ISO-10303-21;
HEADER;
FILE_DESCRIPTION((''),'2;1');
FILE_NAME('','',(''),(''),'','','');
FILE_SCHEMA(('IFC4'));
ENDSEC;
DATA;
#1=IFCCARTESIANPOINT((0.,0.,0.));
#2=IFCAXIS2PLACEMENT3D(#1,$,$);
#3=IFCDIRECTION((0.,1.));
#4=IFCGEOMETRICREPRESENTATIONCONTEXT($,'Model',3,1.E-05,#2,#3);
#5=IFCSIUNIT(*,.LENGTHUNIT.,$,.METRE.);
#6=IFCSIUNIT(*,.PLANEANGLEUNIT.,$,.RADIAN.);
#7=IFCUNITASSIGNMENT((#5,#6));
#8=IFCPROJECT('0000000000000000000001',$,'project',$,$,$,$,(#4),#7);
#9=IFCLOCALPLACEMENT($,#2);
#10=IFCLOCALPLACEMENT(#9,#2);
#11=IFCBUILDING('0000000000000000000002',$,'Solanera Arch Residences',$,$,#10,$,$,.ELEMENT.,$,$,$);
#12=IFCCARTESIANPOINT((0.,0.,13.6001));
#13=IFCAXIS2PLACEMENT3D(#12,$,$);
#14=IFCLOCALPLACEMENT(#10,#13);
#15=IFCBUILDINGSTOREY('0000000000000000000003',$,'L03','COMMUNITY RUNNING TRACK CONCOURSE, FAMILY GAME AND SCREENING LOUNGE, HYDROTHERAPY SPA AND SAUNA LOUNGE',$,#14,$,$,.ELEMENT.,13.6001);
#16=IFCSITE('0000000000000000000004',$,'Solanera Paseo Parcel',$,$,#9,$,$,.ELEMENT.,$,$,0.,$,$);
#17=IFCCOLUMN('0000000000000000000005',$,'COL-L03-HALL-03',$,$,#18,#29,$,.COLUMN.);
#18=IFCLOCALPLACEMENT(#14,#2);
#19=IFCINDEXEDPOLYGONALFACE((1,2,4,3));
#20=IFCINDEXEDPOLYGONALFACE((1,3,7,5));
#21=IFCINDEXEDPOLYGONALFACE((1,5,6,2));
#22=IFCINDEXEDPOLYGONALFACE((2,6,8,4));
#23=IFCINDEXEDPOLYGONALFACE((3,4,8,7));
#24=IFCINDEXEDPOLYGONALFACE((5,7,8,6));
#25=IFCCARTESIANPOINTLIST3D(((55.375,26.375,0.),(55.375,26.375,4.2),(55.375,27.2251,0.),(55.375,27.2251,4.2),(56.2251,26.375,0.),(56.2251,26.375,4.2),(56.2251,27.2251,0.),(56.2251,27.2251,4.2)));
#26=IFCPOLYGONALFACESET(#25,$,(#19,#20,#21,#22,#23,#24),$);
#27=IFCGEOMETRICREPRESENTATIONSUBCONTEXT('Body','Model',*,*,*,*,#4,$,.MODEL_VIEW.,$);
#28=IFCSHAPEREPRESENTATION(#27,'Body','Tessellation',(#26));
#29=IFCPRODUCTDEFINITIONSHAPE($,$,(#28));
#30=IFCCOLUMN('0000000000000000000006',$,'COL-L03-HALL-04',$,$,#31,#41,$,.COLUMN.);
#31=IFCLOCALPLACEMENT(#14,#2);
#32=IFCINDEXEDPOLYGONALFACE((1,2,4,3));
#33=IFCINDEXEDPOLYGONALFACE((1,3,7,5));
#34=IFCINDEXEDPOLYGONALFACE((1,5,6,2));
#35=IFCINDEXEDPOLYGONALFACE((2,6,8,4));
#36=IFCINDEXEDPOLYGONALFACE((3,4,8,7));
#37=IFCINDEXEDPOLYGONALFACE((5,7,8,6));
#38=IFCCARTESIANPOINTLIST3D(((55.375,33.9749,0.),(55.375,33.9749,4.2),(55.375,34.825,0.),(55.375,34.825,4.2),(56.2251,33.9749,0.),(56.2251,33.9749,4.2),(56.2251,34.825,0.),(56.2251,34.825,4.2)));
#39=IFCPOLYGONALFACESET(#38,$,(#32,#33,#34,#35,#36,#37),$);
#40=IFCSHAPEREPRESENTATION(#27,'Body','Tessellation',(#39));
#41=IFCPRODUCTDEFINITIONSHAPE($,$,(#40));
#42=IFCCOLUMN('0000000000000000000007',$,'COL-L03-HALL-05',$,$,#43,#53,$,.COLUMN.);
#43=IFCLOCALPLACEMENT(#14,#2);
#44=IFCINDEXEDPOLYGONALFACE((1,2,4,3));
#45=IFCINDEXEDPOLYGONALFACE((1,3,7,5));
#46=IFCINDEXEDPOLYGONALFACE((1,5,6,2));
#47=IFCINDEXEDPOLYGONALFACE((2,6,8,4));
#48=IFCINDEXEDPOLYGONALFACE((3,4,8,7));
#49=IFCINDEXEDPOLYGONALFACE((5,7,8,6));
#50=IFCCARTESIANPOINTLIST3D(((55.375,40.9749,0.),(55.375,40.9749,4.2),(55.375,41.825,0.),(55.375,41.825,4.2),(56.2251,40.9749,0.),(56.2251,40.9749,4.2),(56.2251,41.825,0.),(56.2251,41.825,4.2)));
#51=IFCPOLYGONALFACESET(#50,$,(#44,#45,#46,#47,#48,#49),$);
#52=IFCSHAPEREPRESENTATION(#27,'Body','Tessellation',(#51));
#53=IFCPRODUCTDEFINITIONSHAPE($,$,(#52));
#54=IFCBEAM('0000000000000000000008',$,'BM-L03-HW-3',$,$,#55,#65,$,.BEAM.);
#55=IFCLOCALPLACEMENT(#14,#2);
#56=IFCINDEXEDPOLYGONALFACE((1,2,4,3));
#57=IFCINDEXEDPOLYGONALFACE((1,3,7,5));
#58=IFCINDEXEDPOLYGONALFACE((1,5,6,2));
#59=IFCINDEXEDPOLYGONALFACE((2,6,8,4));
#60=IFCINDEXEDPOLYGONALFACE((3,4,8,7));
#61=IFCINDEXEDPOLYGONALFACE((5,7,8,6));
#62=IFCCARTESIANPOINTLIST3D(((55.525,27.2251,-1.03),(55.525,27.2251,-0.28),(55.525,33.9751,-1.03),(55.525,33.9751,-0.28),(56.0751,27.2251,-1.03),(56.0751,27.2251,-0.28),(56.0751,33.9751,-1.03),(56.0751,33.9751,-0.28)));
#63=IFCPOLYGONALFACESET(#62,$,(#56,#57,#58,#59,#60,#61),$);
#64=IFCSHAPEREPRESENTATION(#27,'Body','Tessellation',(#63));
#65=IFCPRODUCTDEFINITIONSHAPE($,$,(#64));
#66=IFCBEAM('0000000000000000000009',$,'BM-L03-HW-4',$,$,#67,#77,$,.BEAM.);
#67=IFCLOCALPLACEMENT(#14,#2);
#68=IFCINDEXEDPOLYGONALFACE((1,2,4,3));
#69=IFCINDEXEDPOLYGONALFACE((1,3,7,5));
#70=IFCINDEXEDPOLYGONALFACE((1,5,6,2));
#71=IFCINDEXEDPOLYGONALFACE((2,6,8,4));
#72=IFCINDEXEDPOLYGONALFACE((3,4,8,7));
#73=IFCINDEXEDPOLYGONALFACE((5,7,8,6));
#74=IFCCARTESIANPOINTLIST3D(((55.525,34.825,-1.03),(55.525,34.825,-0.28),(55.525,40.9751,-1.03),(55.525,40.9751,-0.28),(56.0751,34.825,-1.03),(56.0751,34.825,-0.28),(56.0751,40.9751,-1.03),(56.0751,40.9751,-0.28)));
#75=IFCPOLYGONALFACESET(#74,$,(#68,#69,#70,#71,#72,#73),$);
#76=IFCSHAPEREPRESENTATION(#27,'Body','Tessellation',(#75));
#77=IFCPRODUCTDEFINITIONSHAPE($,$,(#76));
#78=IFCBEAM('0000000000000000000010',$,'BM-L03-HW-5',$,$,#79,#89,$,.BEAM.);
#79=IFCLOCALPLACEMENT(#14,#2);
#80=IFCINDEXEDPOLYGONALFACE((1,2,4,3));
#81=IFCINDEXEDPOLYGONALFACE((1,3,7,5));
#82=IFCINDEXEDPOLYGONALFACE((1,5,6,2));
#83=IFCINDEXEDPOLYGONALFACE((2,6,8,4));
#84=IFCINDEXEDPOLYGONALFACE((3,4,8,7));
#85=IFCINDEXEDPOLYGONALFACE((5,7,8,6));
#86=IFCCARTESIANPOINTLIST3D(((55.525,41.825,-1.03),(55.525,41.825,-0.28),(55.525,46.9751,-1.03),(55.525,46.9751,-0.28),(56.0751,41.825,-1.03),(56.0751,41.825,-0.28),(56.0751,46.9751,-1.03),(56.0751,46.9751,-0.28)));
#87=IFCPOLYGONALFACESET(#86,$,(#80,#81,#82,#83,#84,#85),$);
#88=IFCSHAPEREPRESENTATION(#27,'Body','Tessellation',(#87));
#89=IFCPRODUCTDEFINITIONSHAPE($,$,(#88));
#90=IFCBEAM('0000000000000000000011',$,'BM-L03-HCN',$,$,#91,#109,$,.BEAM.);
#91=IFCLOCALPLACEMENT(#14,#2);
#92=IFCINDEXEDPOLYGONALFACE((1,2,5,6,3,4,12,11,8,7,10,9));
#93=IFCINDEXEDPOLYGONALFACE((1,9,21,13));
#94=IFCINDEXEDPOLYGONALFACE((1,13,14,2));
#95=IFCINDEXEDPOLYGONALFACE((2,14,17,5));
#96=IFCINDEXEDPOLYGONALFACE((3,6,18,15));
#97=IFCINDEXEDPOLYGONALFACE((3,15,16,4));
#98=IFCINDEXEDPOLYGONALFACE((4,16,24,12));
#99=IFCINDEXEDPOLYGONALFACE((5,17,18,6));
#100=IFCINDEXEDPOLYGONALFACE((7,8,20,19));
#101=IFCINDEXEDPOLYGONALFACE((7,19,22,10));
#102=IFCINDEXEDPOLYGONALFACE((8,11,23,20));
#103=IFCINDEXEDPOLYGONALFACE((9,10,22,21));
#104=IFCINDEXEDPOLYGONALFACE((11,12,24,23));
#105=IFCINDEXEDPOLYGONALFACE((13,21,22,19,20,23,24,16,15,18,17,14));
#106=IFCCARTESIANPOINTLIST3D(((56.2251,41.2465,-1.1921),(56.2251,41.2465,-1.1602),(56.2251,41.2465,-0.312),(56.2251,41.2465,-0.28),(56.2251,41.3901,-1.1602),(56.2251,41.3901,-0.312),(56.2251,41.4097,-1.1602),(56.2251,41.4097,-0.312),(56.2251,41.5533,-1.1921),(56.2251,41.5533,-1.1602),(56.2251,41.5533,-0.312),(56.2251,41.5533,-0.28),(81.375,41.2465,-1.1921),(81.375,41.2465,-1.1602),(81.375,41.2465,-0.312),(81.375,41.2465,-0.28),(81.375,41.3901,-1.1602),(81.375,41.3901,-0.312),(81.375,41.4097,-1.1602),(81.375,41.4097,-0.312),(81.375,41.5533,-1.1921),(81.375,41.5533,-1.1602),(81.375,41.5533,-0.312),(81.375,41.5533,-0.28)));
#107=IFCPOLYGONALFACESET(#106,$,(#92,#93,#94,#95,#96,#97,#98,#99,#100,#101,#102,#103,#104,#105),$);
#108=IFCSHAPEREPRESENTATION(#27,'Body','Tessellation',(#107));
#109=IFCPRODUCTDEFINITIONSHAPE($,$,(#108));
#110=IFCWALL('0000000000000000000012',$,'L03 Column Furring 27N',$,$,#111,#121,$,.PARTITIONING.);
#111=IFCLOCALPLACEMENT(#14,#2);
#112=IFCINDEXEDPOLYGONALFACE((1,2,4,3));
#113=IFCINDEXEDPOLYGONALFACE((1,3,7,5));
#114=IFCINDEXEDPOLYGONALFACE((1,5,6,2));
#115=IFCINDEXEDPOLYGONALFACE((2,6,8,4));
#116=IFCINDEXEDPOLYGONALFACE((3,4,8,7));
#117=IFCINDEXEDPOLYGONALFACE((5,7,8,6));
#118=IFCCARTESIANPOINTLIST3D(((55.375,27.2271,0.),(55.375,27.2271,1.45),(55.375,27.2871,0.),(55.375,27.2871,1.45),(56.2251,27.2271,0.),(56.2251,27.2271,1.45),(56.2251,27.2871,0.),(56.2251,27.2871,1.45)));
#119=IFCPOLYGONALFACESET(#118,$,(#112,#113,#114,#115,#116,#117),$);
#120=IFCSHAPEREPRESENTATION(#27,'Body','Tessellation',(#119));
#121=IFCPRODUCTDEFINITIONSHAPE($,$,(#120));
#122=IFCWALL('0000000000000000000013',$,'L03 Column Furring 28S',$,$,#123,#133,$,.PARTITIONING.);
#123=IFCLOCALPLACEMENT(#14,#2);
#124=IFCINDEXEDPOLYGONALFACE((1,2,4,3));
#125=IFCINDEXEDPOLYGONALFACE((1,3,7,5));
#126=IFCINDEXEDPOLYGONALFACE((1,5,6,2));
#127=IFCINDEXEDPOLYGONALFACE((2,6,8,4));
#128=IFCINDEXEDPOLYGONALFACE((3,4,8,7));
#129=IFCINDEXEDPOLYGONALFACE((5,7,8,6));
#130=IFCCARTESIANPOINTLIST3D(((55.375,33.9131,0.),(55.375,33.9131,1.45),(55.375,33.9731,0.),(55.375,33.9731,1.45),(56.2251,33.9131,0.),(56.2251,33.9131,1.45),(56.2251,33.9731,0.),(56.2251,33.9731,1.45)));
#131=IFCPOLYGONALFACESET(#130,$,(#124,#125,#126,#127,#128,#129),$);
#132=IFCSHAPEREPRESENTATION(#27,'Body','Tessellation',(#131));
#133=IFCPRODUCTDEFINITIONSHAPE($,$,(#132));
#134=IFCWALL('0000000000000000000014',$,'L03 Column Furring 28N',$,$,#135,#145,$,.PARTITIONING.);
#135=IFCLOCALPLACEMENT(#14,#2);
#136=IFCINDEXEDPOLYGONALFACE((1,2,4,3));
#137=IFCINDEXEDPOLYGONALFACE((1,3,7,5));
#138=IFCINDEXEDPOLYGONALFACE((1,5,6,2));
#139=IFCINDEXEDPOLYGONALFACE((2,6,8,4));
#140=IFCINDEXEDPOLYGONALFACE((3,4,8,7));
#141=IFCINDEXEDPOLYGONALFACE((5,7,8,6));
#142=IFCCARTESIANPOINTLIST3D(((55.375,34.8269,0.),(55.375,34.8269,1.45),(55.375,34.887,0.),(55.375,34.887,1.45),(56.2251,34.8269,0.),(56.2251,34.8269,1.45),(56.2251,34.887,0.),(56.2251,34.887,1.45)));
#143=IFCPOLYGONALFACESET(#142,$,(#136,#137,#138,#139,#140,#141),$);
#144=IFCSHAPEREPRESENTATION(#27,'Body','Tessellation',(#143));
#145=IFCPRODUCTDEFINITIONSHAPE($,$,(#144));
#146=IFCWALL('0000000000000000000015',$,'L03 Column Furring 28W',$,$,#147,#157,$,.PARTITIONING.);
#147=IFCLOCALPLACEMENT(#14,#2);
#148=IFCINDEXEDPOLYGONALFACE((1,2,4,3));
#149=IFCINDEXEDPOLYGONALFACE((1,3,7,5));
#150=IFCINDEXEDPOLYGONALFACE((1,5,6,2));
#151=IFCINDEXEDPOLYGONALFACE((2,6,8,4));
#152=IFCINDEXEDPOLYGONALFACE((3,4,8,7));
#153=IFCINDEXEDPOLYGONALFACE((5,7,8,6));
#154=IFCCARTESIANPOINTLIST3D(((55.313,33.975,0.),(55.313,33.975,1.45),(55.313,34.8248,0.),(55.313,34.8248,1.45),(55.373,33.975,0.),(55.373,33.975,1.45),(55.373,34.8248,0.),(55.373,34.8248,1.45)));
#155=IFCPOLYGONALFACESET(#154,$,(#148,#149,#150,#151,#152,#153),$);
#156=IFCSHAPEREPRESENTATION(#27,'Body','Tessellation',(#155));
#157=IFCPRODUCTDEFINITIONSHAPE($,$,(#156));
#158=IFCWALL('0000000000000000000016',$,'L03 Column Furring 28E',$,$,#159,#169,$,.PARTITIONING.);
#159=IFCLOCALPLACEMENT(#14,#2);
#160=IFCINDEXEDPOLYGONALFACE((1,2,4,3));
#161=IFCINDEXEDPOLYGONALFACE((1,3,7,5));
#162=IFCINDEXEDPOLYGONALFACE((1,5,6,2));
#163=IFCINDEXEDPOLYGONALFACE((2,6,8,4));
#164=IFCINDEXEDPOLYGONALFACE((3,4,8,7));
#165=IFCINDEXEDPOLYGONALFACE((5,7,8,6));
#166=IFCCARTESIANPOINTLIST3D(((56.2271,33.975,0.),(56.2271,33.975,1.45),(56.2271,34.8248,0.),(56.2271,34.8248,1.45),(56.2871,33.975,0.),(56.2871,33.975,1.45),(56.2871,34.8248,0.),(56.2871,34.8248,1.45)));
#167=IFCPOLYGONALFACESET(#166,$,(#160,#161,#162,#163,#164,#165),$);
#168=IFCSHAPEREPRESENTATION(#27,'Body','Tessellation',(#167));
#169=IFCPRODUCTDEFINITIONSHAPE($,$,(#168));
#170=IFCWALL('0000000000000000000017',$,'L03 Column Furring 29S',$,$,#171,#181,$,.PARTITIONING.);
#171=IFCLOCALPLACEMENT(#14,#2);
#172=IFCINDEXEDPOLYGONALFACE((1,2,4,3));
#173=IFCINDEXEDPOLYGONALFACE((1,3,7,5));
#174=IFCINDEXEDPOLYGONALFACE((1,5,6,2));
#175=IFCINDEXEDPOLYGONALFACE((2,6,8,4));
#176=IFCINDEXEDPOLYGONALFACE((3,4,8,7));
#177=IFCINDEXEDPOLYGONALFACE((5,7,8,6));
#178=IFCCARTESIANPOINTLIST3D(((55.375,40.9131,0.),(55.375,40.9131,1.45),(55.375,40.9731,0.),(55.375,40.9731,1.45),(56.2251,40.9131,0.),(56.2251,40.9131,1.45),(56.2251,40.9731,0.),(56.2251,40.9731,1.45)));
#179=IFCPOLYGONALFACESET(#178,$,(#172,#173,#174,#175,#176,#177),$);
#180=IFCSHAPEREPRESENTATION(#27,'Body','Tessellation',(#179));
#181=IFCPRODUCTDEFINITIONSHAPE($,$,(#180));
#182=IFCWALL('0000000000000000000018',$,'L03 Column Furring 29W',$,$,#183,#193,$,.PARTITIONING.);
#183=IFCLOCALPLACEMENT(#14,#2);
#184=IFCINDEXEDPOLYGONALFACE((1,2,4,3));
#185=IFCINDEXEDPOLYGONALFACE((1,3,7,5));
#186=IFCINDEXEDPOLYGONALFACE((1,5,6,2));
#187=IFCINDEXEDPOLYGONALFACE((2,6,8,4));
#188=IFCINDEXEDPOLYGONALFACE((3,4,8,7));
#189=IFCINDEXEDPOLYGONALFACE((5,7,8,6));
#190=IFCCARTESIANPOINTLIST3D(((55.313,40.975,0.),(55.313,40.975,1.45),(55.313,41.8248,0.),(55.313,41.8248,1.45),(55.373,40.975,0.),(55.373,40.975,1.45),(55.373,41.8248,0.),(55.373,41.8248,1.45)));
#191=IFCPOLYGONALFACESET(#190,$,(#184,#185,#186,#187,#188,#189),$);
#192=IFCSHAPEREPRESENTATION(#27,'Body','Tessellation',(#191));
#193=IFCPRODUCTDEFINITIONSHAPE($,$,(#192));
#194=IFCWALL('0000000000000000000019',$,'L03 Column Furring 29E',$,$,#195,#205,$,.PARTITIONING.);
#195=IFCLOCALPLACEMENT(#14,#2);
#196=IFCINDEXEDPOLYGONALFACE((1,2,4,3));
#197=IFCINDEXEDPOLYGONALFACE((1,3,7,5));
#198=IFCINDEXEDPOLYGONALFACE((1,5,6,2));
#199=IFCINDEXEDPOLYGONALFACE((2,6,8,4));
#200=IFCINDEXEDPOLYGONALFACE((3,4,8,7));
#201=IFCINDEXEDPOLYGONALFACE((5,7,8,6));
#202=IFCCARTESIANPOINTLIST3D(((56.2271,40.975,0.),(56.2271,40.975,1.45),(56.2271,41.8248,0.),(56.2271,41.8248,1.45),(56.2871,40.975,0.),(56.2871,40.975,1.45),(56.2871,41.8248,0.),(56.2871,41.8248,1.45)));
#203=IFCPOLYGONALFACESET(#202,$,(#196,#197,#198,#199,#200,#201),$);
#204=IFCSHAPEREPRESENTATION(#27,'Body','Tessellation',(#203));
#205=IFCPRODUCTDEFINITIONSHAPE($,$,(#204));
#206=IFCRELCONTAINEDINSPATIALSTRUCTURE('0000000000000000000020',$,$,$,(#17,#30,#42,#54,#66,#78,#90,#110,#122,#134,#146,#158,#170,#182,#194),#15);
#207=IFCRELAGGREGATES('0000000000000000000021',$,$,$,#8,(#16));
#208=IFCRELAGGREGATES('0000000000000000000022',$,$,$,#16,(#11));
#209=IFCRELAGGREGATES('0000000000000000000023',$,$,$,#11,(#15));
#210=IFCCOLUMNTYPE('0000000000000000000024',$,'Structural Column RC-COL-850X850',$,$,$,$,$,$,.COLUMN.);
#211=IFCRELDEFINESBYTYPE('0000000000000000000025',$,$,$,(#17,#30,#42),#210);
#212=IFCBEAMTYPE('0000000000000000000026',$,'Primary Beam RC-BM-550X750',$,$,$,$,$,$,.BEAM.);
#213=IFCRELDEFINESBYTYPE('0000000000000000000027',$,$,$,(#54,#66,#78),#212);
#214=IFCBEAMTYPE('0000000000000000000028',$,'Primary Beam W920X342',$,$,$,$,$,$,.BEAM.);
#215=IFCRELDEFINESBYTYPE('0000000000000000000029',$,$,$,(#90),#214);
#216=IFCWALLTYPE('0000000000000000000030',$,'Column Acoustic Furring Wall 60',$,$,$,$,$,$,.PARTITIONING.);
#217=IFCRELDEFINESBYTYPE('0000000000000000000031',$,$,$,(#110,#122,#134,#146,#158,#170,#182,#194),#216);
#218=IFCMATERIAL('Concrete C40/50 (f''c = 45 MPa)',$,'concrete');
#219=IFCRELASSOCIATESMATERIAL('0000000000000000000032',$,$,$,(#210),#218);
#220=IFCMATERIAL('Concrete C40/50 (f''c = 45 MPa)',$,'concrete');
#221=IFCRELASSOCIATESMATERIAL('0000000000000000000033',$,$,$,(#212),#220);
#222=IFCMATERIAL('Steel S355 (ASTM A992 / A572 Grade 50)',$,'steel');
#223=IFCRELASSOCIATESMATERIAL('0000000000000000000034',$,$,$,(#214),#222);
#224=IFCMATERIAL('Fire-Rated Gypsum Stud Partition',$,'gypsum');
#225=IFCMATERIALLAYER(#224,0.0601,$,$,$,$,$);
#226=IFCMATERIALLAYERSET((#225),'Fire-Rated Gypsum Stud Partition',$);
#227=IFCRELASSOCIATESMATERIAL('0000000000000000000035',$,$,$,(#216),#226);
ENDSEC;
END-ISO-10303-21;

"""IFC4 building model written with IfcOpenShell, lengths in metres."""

from ifc_helpers import new_model, si_unit, direction, frame, frame_2d, origin, origin_2d, place, context, subcontext, project, spatial, rectangle, i_section, extrude, material, layer, layer_set, material_profile, profile_set, type_object, element, save


model = new_model("IFC4")

# Units and contexts
model_context = context("Model", 3, precision=1e-05, world=origin(), true_north=direction((0.0, 1.0)))
body_context = subcontext(model_context, "Body", "Model", "MODEL_VIEW")
ifc_project = project(units=[si_unit("LENGTHUNIT", "METRE"), si_unit("PLANEANGLEUNIT", "RADIAN")], contexts=[model_context])

# Site, building, storey
site_placement = place(None, origin())
site = spatial("IfcSite", under=ifc_project, at=site_placement, Name="Solanera Paseo Parcel", CompositionType="ELEMENT", RefElevation=0.0)
building_placement = place(site_placement, origin())
building = spatial("IfcBuilding", under=site, at=building_placement, Name="Solanera Arch Residences", CompositionType="ELEMENT")
storey_placement = place(building_placement, frame((0.0, 0.0, 13.6001)))
storey = spatial("IfcBuildingStorey", under=building, at=storey_placement, Name="L03", Description="COMMUNITY RUNNING TRACK CONCOURSE, FAMILY GAME AND SCREENING LOUNGE, HYDROTHERAPY SPA AND SAUNA LOUNGE", CompositionType="ELEMENT", Elevation=13.6001)

# Columns
ifc_material_1 = material(Name="Concrete C40/50 (f'c = 45 MPa)", Category="concrete")
ifc_material_profile_1 = material_profile(ifc_material_1, rectangle(XDim=0.8501, YDim=0.8501, at=origin_2d()))
ifc_profile_set_1 = profile_set([ifc_material_profile_1], Name="Concrete C40/50 (f'c = 45 MPa)")
column_type = type_object("IfcColumnType", Name="Structural Column RC-COL-850X850", PredefinedType="COLUMN", material=ifc_profile_set_1)
for number, where, z_axis, x_axis, name in (
    (1, (55.8, 26.8, 0.0), (0.0, 0.0, 1.0), (1.0, 0.0, 0.0), "COL-L03-HALL-03"),
    (2, (55.8, 34.3999, 0.0), (0.0, 0.0, 1.0), (1.0, 0.0, 0.0), "COL-L03-HALL-04"),
    (3, (55.8, 41.3999, 0.0), (0.0, 0.0, 1.0), (1.0, 0.0, 0.0), "COL-L03-HALL-05"),
):
    element("IfcColumn", number, at=place(storey_placement, frame(where, z_axis=z_axis, x_axis=x_axis)), inside=storey, type_object=column_type, Name=name, PredefinedType="COLUMN", context=body_context, shape_type="SweptSolid", body=[
        extrude(rectangle(XDim=0.8501, YDim=0.8501, at=origin_2d()), origin(), (0.0, 0.0, 1.0), 4.2),
    ])

# Beams
ifc_material_2 = material(Name="Concrete C40/50 (f'c = 45 MPa)", Category="concrete")
ifc_material_profile_2 = material_profile(ifc_material_2, rectangle(XDim=0.55, YDim=0.75, at=origin_2d()))
ifc_profile_set_2 = profile_set([ifc_material_profile_2], Name="Concrete C40/50 (f'c = 45 MPa)")
beam_type_1 = type_object("IfcBeamType", Name="Primary Beam RC-BM-550X750", PredefinedType="BEAM", material=ifc_profile_set_2)
beam_1_placement = place(storey_placement, frame((55.8, 27.2251, -0.655), z_axis=(0.0, 1.0, 0.0), x_axis=(-1.0, 0.0, 0.0)))
element("IfcBeam", 4, at=beam_1_placement, inside=storey, type_object=beam_type_1, Name="BM-L03-HW-3", PredefinedType="BEAM", context=body_context, shape_type="SweptSolid", body=[
    extrude(rectangle(XDim=0.55, YDim=0.75, at=origin_2d()), origin(), (0.0, 0.0, 1.0), 6.75),
])
beam_2_placement = place(storey_placement, frame((55.8, 34.825, -0.655), z_axis=(0.0, 1.0, 0.0), x_axis=(-1.0, 0.0, 0.0)))
element("IfcBeam", 5, at=beam_2_placement, inside=storey, type_object=beam_type_1, Name="BM-L03-HW-4", PredefinedType="BEAM", context=body_context, shape_type="SweptSolid", body=[
    extrude(rectangle(XDim=0.55, YDim=0.75, at=origin_2d()), origin(), (0.0, 0.0, 1.0), 6.1501),
])
beam_3_placement = place(storey_placement, frame((55.8, 41.825, -0.655), z_axis=(0.0, 1.0, 0.0), x_axis=(-1.0, 0.0, 0.0)))
element("IfcBeam", 6, at=beam_3_placement, inside=storey, type_object=beam_type_1, Name="BM-L03-HW-5", PredefinedType="BEAM", context=body_context, shape_type="SweptSolid", body=[
    extrude(rectangle(XDim=0.55, YDim=0.75, at=origin_2d()), origin(), (0.0, 0.0, 1.0), 5.1501),
])
ifc_material_3 = material(Name="Steel S355 (ASTM A992 / A572 Grade 50)", Category="steel")
ifc_material_profile_3 = material_profile(ifc_material_3, i_section(OverallWidth=0.3069, OverallDepth=0.9121, WebThickness=0.0195, FlangeThickness=0.032, at=origin_2d()))
ifc_profile_set_3 = profile_set([ifc_material_profile_3], Name="Steel S355 (ASTM A992 / A572 Grade 50)")
beam_type_2 = type_object("IfcBeamType", Name="Primary Beam W920X342", PredefinedType="BEAM", material=ifc_profile_set_3)
beam_4_placement = place(storey_placement, frame((56.2251, 41.3999, -0.7361), z_axis=(1.0, 0.0, 0.0), x_axis=(0.0, 1.0, 0.0)))
element("IfcBeam", 7, at=beam_4_placement, inside=storey, type_object=beam_type_2, Name="BM-L03-HCN", PredefinedType="BEAM", context=body_context, shape_type="SweptSolid", body=[
    extrude(i_section(OverallWidth=0.3069, OverallDepth=0.9121, WebThickness=0.0195, FlangeThickness=0.032, at=origin_2d()), origin(), (0.0, 0.0, 1.0), 25.1499),
])

# Walls
ifc_material_4 = material(Name="Fire-Rated Gypsum Stud Partition", Category="gypsum")
ifc_layer_1 = layer(ifc_material_4, 0.0601)
ifc_layer_set_1 = layer_set([ifc_layer_1], Name="Fire-Rated Gypsum Stud Partition")
wall_type_1 = type_object("IfcWallType", Name="Column Acoustic Furring Wall 60", PredefinedType="PARTITIONING", material=ifc_layer_set_1)
for number, where, z_axis, x_axis, name in (
    (8, (55.375, 27.2571, 0.0), (0.0, 0.0, 1.0), (1.0, 0.0, 0.0), "L03 Column Furring 27N"),
    (9, (55.375, 33.9431, 0.0), (0.0, 0.0, 1.0), (1.0, 0.0, 0.0), "L03 Column Furring 28S"),
    (10, (55.375, 34.8569, 0.0), (0.0, 0.0, 1.0), (1.0, 0.0, 0.0), "L03 Column Furring 28N"),
):
    element("IfcWall", number, at=place(storey_placement, frame(where, z_axis=z_axis, x_axis=x_axis)), inside=storey, type_object=wall_type_1, Name=name, PredefinedType="PARTITIONING", context=body_context, shape_type="SweptSolid", body=[
        extrude(rectangle(XDim=0.8501, YDim=0.0601, at=frame_2d((0.425, 0.0))), origin(), (0.0, 0.0, 1.0), 1.45),
    ])
for number, where, z_axis, x_axis, name in (
    (11, (55.343, 33.9751, 0.0), (0.0, 0.0, 1.0), (0.0, 1.0, 0.0), "L03 Column Furring 28W"),
    (12, (56.2571, 33.9751, 0.0), (0.0, 0.0, 1.0), (0.0, 1.0, 0.0), "L03 Column Furring 28E"),
):
    element("IfcWall", number, at=place(storey_placement, frame(where, z_axis=z_axis, x_axis=x_axis)), inside=storey, type_object=wall_type_1, Name=name, PredefinedType="PARTITIONING", context=body_context, shape_type="SweptSolid", body=[
        extrude(rectangle(XDim=0.8499, YDim=0.0601, at=frame_2d((0.4248, 0.0))), origin(), (0.0, 0.0, 1.0), 1.45),
    ])
wall_1_placement = place(storey_placement, frame((55.375, 40.9431, 0.0), z_axis=(0.0, 0.0, 1.0), x_axis=(1.0, 0.0, 0.0)))
element("IfcWall", 13, at=wall_1_placement, inside=storey, type_object=wall_type_1, Name="L03 Column Furring 29S", PredefinedType="PARTITIONING", context=body_context, shape_type="SweptSolid", body=[
    extrude(rectangle(XDim=0.8501, YDim=0.0601, at=frame_2d((0.425, 0.0))), origin(), (0.0, 0.0, 1.0), 1.45),
])
for number, where, z_axis, x_axis, name in (
    (14, (55.343, 40.9751, 0.0), (0.0, 0.0, 1.0), (0.0, 1.0, 0.0), "L03 Column Furring 29W"),
    (15, (56.2571, 40.9751, 0.0), (0.0, 0.0, 1.0), (0.0, 1.0, 0.0), "L03 Column Furring 29E"),
):
    element("IfcWall", number, at=place(storey_placement, frame(where, z_axis=z_axis, x_axis=x_axis)), inside=storey, type_object=wall_type_1, Name=name, PredefinedType="PARTITIONING", context=body_context, shape_type="SweptSolid", body=[
        extrude(rectangle(XDim=0.8499, YDim=0.0601, at=frame_2d((0.4248, 0.0))), origin(), (0.0, 0.0, 1.0), 1.45),
    ])

save(model, "model.ifc")
